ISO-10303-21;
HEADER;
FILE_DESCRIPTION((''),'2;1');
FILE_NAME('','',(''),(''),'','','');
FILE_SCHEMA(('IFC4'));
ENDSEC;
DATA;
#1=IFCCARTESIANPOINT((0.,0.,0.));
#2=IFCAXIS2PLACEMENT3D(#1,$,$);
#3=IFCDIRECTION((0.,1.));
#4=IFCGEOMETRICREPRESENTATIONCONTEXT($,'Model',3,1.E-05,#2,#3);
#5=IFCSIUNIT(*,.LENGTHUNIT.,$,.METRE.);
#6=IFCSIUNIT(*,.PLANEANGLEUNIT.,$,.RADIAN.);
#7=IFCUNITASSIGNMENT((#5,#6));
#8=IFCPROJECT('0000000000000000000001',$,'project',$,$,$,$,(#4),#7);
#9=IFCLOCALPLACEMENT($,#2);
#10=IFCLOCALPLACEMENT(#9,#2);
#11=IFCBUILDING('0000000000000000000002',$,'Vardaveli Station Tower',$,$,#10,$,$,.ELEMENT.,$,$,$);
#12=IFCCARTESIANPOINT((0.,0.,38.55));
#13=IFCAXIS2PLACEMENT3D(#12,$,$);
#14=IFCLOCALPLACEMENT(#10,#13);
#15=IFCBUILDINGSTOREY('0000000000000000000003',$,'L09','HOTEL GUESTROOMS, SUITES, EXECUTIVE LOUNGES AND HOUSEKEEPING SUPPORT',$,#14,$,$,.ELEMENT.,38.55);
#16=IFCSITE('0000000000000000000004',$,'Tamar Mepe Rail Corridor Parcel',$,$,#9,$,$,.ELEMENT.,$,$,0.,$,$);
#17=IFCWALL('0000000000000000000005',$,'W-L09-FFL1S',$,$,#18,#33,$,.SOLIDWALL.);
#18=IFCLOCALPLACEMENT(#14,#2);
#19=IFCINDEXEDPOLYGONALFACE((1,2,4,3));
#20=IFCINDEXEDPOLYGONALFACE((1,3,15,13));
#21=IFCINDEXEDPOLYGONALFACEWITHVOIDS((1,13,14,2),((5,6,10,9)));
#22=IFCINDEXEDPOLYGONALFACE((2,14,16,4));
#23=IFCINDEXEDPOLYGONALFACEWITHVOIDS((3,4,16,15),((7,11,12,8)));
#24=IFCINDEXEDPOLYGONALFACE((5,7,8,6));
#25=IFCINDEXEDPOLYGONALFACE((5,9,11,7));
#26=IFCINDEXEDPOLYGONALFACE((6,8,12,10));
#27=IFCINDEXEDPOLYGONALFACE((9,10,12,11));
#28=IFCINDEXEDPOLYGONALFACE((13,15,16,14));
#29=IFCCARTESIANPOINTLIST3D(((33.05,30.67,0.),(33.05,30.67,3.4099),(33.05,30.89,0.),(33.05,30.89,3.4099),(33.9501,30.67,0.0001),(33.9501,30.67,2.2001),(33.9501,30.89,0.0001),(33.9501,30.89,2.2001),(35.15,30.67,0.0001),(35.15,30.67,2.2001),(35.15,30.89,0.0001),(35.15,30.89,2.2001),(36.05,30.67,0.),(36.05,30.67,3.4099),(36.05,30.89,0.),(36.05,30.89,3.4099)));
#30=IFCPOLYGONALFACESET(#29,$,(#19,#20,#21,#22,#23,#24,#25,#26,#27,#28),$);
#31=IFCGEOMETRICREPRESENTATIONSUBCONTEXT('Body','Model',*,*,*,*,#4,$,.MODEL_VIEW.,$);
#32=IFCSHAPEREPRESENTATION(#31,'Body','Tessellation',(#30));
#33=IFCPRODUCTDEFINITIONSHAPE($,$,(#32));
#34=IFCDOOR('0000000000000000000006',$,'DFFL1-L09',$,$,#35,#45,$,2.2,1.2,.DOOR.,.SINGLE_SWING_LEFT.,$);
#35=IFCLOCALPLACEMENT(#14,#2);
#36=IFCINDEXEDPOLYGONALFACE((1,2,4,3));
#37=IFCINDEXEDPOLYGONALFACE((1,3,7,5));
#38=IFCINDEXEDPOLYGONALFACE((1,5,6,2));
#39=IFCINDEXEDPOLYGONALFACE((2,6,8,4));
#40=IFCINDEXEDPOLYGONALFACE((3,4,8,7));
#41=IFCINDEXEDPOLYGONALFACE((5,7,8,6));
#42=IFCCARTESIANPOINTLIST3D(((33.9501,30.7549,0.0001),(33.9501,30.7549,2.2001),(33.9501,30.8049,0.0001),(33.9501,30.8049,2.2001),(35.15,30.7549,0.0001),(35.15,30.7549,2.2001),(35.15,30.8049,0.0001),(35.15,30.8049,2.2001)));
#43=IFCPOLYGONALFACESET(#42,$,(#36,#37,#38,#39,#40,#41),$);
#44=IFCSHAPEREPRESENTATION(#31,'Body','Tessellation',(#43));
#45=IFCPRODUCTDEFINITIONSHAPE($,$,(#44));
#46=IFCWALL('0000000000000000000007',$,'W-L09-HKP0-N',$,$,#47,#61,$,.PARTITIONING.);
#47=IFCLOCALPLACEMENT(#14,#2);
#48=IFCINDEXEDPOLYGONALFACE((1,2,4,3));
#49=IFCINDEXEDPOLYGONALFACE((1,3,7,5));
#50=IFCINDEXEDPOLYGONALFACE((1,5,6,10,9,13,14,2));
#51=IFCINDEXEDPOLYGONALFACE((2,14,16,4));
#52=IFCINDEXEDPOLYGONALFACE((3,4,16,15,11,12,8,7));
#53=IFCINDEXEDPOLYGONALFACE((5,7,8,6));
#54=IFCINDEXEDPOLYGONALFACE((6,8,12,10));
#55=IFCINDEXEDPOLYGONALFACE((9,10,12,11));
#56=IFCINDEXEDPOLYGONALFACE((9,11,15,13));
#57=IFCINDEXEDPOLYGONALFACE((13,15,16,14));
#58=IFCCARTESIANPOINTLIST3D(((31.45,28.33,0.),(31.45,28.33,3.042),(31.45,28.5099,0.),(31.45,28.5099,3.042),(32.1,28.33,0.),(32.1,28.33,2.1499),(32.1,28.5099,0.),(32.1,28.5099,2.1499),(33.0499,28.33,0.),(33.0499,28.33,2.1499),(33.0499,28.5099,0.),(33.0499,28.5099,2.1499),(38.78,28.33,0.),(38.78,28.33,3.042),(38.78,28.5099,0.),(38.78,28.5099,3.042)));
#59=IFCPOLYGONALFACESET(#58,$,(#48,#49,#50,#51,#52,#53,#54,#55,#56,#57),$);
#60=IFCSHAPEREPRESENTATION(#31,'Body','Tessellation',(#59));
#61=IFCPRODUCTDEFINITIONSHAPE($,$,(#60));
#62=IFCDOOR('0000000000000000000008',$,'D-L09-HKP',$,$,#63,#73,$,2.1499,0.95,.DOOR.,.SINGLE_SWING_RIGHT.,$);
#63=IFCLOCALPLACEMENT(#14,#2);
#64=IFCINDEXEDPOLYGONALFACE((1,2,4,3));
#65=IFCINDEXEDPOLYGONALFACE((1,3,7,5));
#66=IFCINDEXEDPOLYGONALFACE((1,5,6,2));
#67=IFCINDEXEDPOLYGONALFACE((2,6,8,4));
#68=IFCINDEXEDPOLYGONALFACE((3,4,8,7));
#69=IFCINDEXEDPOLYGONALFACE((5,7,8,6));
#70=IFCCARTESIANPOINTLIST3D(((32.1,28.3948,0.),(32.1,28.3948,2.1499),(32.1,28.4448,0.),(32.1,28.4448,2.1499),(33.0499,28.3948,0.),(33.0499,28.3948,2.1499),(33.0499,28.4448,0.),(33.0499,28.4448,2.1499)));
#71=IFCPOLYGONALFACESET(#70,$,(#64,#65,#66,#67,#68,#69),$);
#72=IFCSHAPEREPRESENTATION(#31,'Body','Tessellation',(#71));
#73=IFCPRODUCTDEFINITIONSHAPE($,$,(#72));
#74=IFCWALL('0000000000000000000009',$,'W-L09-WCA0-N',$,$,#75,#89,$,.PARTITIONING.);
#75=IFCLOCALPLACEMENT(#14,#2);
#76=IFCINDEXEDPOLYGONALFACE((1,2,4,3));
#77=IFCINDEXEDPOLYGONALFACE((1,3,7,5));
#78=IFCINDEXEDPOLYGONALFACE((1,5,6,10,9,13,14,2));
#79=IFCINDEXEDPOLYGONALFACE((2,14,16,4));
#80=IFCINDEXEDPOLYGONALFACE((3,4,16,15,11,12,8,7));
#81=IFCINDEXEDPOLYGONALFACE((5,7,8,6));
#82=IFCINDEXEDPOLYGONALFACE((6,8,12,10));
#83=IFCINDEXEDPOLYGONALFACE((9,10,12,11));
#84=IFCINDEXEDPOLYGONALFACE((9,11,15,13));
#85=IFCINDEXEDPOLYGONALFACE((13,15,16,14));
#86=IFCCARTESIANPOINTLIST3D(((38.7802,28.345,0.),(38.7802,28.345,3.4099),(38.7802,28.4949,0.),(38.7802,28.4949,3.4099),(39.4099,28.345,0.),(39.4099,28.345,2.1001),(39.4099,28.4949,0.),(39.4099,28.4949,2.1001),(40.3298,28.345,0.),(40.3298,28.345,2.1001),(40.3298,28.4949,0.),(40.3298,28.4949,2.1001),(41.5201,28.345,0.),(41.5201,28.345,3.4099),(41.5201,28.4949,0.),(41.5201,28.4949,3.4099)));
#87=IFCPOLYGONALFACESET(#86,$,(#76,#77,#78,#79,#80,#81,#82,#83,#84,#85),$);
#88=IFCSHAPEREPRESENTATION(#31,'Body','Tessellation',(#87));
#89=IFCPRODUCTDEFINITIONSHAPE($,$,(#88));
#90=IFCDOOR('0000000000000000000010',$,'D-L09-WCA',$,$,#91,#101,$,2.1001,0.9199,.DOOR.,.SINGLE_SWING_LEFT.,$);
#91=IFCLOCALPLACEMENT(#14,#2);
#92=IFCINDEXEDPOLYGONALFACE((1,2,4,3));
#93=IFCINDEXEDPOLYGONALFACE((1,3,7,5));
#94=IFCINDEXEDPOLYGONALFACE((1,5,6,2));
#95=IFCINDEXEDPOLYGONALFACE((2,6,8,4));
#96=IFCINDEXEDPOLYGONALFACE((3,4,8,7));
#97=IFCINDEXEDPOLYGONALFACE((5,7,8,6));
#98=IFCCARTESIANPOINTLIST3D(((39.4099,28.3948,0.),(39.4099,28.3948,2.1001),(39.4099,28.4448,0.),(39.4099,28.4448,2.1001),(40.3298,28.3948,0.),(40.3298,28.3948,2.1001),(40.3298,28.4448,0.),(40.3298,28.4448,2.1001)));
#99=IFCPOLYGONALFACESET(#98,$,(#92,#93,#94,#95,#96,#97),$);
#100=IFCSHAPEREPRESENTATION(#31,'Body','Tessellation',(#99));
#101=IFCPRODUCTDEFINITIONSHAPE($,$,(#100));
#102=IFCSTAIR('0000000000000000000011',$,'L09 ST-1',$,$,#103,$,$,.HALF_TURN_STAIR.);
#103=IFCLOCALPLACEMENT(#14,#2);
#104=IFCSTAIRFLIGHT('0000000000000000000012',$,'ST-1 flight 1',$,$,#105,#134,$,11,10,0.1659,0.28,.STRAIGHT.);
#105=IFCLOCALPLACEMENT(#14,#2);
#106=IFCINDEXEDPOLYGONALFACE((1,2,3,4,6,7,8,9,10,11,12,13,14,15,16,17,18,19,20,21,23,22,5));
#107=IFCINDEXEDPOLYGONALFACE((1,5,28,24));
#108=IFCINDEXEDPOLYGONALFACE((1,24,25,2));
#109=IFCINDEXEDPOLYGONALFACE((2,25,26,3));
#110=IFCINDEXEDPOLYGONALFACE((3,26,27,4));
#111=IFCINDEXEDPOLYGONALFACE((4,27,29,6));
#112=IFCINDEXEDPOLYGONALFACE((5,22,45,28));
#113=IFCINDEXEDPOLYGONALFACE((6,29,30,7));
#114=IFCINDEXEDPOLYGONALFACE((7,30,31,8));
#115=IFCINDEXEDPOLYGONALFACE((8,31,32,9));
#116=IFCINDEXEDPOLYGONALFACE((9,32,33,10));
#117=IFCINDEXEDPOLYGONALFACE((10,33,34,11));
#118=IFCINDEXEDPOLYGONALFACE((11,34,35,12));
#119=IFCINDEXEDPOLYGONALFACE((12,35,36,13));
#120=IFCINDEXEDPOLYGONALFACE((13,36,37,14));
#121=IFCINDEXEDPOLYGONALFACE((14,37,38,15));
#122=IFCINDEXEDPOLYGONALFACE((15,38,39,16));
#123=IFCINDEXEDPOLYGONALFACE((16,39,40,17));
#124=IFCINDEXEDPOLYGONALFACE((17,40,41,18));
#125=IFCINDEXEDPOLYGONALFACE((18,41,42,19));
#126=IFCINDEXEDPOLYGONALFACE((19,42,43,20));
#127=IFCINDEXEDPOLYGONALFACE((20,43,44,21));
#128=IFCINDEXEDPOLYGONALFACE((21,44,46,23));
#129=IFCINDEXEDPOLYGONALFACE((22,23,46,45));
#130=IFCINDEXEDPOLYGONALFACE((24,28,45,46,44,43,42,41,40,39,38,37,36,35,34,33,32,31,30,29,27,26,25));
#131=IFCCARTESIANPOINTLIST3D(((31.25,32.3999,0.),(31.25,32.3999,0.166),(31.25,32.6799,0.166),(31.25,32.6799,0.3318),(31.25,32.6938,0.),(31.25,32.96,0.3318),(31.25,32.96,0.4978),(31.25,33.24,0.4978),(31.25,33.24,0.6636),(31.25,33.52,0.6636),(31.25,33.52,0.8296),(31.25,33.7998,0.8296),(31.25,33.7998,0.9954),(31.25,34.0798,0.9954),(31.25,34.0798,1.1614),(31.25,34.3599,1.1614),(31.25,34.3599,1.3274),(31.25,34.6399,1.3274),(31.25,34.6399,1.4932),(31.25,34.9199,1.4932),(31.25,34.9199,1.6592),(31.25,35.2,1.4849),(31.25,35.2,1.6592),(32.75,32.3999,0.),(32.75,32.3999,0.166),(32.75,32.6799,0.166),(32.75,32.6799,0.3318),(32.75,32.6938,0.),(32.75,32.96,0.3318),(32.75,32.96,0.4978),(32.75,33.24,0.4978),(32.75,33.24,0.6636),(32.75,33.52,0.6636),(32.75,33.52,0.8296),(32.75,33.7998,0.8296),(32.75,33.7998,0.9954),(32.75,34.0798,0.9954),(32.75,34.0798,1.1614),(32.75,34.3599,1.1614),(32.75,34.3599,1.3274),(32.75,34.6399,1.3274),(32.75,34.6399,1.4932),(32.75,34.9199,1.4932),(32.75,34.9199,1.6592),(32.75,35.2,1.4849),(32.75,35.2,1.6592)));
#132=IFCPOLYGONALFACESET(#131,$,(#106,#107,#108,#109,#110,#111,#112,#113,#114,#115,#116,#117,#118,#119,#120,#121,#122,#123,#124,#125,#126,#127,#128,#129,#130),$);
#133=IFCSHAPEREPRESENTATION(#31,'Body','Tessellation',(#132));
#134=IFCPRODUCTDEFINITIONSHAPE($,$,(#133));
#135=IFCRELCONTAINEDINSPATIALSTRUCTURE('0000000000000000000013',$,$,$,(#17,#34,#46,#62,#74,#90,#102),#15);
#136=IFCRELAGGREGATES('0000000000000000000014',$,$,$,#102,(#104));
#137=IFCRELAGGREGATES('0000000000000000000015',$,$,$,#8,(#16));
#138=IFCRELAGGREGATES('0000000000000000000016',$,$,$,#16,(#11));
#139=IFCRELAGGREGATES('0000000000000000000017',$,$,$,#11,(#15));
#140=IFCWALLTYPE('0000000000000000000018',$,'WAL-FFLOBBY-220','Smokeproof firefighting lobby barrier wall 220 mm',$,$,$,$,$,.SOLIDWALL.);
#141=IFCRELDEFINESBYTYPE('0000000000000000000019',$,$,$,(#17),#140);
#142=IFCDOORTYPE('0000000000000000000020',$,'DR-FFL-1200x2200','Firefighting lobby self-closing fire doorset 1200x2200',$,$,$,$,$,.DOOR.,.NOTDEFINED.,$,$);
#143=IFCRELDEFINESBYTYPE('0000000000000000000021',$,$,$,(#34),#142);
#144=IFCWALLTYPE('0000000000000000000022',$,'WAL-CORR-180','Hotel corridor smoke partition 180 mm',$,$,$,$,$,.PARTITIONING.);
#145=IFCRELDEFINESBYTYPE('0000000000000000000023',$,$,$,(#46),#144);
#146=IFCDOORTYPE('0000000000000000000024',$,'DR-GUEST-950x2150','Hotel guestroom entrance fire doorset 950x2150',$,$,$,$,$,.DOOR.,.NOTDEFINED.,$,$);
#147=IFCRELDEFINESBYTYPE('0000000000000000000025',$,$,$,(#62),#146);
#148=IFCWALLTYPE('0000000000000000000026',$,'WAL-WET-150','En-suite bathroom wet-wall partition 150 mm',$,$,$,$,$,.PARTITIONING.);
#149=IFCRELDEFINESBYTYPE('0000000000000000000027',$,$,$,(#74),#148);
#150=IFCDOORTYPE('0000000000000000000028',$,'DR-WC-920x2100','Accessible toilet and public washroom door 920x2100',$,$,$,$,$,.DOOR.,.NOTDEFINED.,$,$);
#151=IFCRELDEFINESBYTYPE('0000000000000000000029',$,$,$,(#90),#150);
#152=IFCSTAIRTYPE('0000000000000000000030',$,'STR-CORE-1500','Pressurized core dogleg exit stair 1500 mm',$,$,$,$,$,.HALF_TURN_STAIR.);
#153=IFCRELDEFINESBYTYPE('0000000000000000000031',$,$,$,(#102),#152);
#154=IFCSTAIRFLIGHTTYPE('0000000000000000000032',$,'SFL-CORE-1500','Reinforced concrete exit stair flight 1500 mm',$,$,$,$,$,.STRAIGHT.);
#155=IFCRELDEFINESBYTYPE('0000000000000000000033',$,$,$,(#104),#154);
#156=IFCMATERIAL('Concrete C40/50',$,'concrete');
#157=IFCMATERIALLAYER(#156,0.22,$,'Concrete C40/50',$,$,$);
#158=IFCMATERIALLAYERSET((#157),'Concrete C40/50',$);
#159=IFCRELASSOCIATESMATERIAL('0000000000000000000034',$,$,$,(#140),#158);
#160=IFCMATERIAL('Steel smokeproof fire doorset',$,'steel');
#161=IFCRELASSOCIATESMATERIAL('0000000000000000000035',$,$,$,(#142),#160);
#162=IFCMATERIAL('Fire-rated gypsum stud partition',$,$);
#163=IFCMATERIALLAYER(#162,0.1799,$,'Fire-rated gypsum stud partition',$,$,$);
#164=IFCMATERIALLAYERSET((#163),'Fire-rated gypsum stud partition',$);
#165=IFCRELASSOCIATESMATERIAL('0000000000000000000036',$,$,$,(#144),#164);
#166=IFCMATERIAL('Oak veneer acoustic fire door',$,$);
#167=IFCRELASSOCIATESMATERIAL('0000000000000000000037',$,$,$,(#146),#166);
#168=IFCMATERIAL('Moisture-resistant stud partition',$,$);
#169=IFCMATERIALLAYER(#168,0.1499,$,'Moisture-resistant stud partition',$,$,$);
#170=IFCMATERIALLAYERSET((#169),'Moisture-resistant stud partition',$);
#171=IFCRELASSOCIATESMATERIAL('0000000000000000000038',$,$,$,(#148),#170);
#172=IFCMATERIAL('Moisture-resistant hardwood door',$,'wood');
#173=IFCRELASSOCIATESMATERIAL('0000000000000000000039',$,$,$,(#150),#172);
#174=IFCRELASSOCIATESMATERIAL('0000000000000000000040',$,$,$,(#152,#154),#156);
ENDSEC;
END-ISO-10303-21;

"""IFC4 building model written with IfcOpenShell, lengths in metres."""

from ifc_helpers import new_model, si_unit, direction, frame, frame_2d, origin, place, context, subcontext, project, spatial, polyline, rectangle, outline, extrude, source, transform, mapped, material, layer, layer_set, type_object, element, fill, aggregate, save


model = new_model("IFC4")

# Units and contexts
model_context = context("Model", 3, precision=1e-05, world=origin(), true_north=direction((0.0, 1.0)))
body_context = subcontext(model_context, "Body", "Model", "MODEL_VIEW")
ifc_project = project(units=[si_unit("LENGTHUNIT", "METRE"), si_unit("PLANEANGLEUNIT", "RADIAN")], contexts=[model_context])

# Site, building, storey
site_placement = place(None, origin())
site = spatial("IfcSite", under=ifc_project, at=site_placement, Name="Tamar Mepe Rail Corridor Parcel", CompositionType="ELEMENT", RefElevation=0.0)
building_placement = place(site_placement, origin())
building = spatial("IfcBuilding", under=site, at=building_placement, Name="Vardaveli Station Tower", CompositionType="ELEMENT")
storey_placement = place(building_placement, frame((0.0, 0.0, 38.55)))
storey = spatial("IfcBuildingStorey", under=building, at=storey_placement, Name="L09", Description="HOTEL GUESTROOMS, SUITES, EXECUTIVE LOUNGES AND HOUSEKEEPING SUPPORT", CompositionType="ELEMENT", Elevation=38.55)

# Shared definitions
ifc_material_1 = material(Name="Concrete C40/50", Category="concrete")

# Walls, openings, doors
ifc_material_2 = material(Name="Steel smokeproof fire doorset", Category="steel")
ifc_layer_1 = layer(ifc_material_1, 0.22, Name="Concrete C40/50")
ifc_layer_set_1 = layer_set([ifc_layer_1], Name="Concrete C40/50")
wall_type_1 = type_object("IfcWallType", Name="WAL-FFLOBBY-220", Description="Smokeproof firefighting lobby barrier wall 220 mm", PredefinedType="SOLIDWALL", material=ifc_layer_set_1)
shared_shape_1 = source(origin(), body_context, "Body", "SweptSolid", [
    extrude(rectangle(XDim=3.0, YDim=0.22, at=frame_2d((1.5, 0.0))), origin(), (0.0, 0.0, 1.0), 3.4099),
])
wall_1_placement = place(storey_placement, frame((33.05, 30.78, 0.0), z_axis=(0.0, 0.0, 1.0), x_axis=(1.0, 0.0, 0.0)))
wall_1 = element("IfcWall", 1, at=wall_1_placement, inside=storey, type_object=wall_type_1, Name="W-L09-FFL1S", PredefinedType="SOLIDWALL", context=body_context, shape_type="MappedRepresentation", body=[
    mapped(shared_shape_1, transform((0.0, 0.0, 0.0), scale=1.0)),
])
shared_shape_2 = source(origin(), body_context, "Body", "SweptSolid", [
    extrude(rectangle(XDim=1.2, YDim=2.2, at=frame_2d((0.6001, 1.1001))), frame((0.0, 0.1201, 0.0), z_axis=(0.0, -1.0, 0.0), x_axis=(1.0, 0.0, 0.0)), (0.0, 0.0, 1.0), 0.24),
])
opening_1_placement = place(wall_1_placement, frame((0.8999, 0.0, 0.0)))
opening_1 = element("IfcOpeningElement", 2, at=opening_1_placement, cuts=wall_1, PredefinedType="OPENING", context=body_context, shape_type="MappedRepresentation", body=[
    mapped(shared_shape_2, transform((0.0, 0.0, 0.0), scale=1.0)),
])
door_type_1 = type_object("IfcDoorType", Name="DR-FFL-1200x2200", Description="Firefighting lobby self-closing fire doorset 1200x2200", OperationType="NOTDEFINED", PredefinedType="DOOR", material=ifc_material_2)
shared_shape_3 = source(origin(), body_context, "Body", "SweptSolid", [
    extrude(rectangle(XDim=1.2, YDim=2.2, at=frame_2d((0.6001, 1.1001))), frame((0.0, 0.0249, 0.0), z_axis=(0.0, -1.0, 0.0), x_axis=(1.0, 0.0, 0.0)), (0.0, 0.0, 1.0), 0.05),
])
door_1_placement = place(opening_1_placement, origin())
door_1 = element("IfcDoor", 3, at=door_1_placement, inside=storey, type_object=door_type_1, Name="DFFL1-L09", OperationType="SINGLE_SWING_LEFT", OverallHeight=2.2, OverallWidth=1.2, PredefinedType="DOOR", context=body_context, shape_type="MappedRepresentation", body=[
    mapped(shared_shape_3, transform((0.0, 0.0, 0.0), scale=1.0)),
])
fill(opening_1, door_1)
ifc_material_3 = material(Name="Fire-rated gypsum stud partition")
ifc_layer_2 = layer(ifc_material_3, 0.1799, Name="Fire-rated gypsum stud partition")
ifc_layer_set_2 = layer_set([ifc_layer_2], Name="Fire-rated gypsum stud partition")
wall_type_2 = type_object("IfcWallType", Name="WAL-CORR-180", Description="Hotel corridor smoke partition 180 mm", PredefinedType="PARTITIONING", material=ifc_layer_set_2)
shared_shape_4 = source(origin(), body_context, "Body", "SweptSolid", [
    extrude(rectangle(XDim=7.3301, YDim=0.1799, at=frame_2d((3.665, 0.0))), origin(), (0.0, 0.0, 1.0), 3.042),
])
wall_2_placement = place(storey_placement, frame((31.45, 28.4199, 0.0), z_axis=(0.0, 0.0, 1.0), x_axis=(1.0, 0.0, 0.0)))
wall_2 = element("IfcWall", 4, at=wall_2_placement, inside=storey, type_object=wall_type_2, Name="W-L09-HKP0-N", PredefinedType="PARTITIONING", context=body_context, shape_type="MappedRepresentation", body=[
    mapped(shared_shape_4, transform((0.0, 0.0, 0.0), scale=1.0)),
])
shared_shape_5 = source(origin(), body_context, "Body", "SweptSolid", [
    extrude(rectangle(XDim=0.95, YDim=2.1499, at=frame_2d((0.4751, 1.075))), frame((0.0, 0.1001, 0.0), z_axis=(0.0, -1.0, 0.0), x_axis=(1.0, 0.0, 0.0)), (0.0, 0.0, 1.0), 0.2),
])
opening_2_placement = place(wall_2_placement, frame((0.6499, 0.0, 0.0)))
opening_2 = element("IfcOpeningElement", 5, at=opening_2_placement, cuts=wall_2, PredefinedType="OPENING", context=body_context, shape_type="MappedRepresentation", body=[
    mapped(shared_shape_5, transform((0.0, 0.0, 0.0), scale=1.0)),
])
ifc_material_4 = material(Name="Oak veneer acoustic fire door")
door_type_2 = type_object("IfcDoorType", Name="DR-GUEST-950x2150", Description="Hotel guestroom entrance fire doorset 950x2150", OperationType="NOTDEFINED", PredefinedType="DOOR", material=ifc_material_4)
shared_shape_6 = source(origin(), body_context, "Body", "SweptSolid", [
    extrude(rectangle(XDim=0.95, YDim=2.1499, at=frame_2d((0.4751, 1.075))), frame((0.0, 0.0249, 0.0), z_axis=(0.0, -1.0, 0.0), x_axis=(1.0, 0.0, 0.0)), (0.0, 0.0, 1.0), 0.05),
])
door_2_placement = place(opening_2_placement, origin())
door_2 = element("IfcDoor", 6, at=door_2_placement, inside=storey, type_object=door_type_2, Name="D-L09-HKP", OperationType="SINGLE_SWING_RIGHT", OverallHeight=2.1499, OverallWidth=0.95, PredefinedType="DOOR", context=body_context, shape_type="MappedRepresentation", body=[
    mapped(shared_shape_6, transform((0.0, 0.0, 0.0), scale=1.0)),
])
fill(opening_2, door_2)
ifc_material_5 = material(Name="Moisture-resistant stud partition")
ifc_layer_3 = layer(ifc_material_5, 0.1499, Name="Moisture-resistant stud partition")
ifc_layer_set_3 = layer_set([ifc_layer_3], Name="Moisture-resistant stud partition")
wall_type_3 = type_object("IfcWallType", Name="WAL-WET-150", Description="En-suite bathroom wet-wall partition 150 mm", PredefinedType="PARTITIONING", material=ifc_layer_set_3)
shared_shape_7 = source(origin(), body_context, "Body", "SweptSolid", [
    extrude(rectangle(XDim=2.74, YDim=0.1499, at=frame_2d((1.3701, 0.0))), origin(), (0.0, 0.0, 1.0), 3.4099),
])
wall_3_placement = place(storey_placement, frame((38.78, 28.4199, 0.0), z_axis=(0.0, 0.0, 1.0), x_axis=(1.0, 0.0, 0.0)))
wall_3 = element("IfcWall", 7, at=wall_3_placement, inside=storey, type_object=wall_type_3, Name="W-L09-WCA0-N", PredefinedType="PARTITIONING", context=body_context, shape_type="MappedRepresentation", body=[
    mapped(shared_shape_7, transform((0.0, 0.0, 0.0), scale=1.0)),
])
shared_shape_8 = source(origin(), body_context, "Body", "SweptSolid", [
    extrude(rectangle(XDim=0.9199, YDim=2.1001, at=frame_2d((0.46, 1.05))), frame((0.0, 0.085, 0.0), z_axis=(0.0, -1.0, 0.0), x_axis=(1.0, 0.0, 0.0)), (0.0, 0.0, 1.0), 0.1699),
])
opening_3_placement = place(wall_3_placement, frame((0.6299, 0.0, 0.0)))
opening_3 = element("IfcOpeningElement", 8, at=opening_3_placement, cuts=wall_3, PredefinedType="OPENING", context=body_context, shape_type="MappedRepresentation", body=[
    mapped(shared_shape_8, transform((0.0, 0.0, 0.0), scale=1.0)),
])
ifc_material_6 = material(Name="Moisture-resistant hardwood door", Category="wood")
door_type_3 = type_object("IfcDoorType", Name="DR-WC-920x2100", Description="Accessible toilet and public washroom door 920x2100", OperationType="NOTDEFINED", PredefinedType="DOOR", material=ifc_material_6)
shared_shape_9 = source(origin(), body_context, "Body", "SweptSolid", [
    extrude(rectangle(XDim=0.9199, YDim=2.1001, at=frame_2d((0.46, 1.05))), frame((0.0, 0.0249, 0.0), z_axis=(0.0, -1.0, 0.0), x_axis=(1.0, 0.0, 0.0)), (0.0, 0.0, 1.0), 0.05),
])
door_3_placement = place(opening_3_placement, origin())
door_3 = element("IfcDoor", 9, at=door_3_placement, inside=storey, type_object=door_type_3, Name="D-L09-WCA", OperationType="SINGLE_SWING_LEFT", OverallHeight=2.1001, OverallWidth=0.9199, PredefinedType="DOOR", context=body_context, shape_type="MappedRepresentation", body=[
    mapped(shared_shape_9, transform((0.0, 0.0, 0.0), scale=1.0)),
])
fill(opening_3, door_3)

# Stair, stair flight
stair_type = type_object("IfcStairType", Name="STR-CORE-1500", Description="Pressurized core dogleg exit stair 1500 mm", PredefinedType="HALF_TURN_STAIR", material=ifc_material_1)
stair_1_placement = place(storey_placement, origin())
stair_1 = element("IfcStair", 10, at=stair_1_placement, inside=storey, type_object=stair_type, Name="L09 ST-1", PredefinedType="HALF_TURN_STAIR")
stair_flight_type = type_object("IfcStairFlightType", Name="SFL-CORE-1500", Description="Reinforced concrete exit stair flight 1500 mm", PredefinedType="STRAIGHT", material=ifc_material_1)
shared_shape_10 = source(origin(), body_context, "Body", "SweptSolid", [
    extrude(outline(polyline([(0.0, 0.0), (0.0, 0.166), (0.28, 0.166), (0.28, 0.3318), (0.5601, 0.3318), (0.5601, 0.4978), (0.8401, 0.4978), (0.8401, 0.6636), (1.1201, 0.6636), (1.1201, 0.8296), (1.3999, 0.8296), (1.3999, 0.9954), (1.6799, 0.9954), (1.6799, 1.1614), (1.96, 1.1614), (1.96, 1.3274), (2.24, 1.3274), (2.24, 1.4932), (2.52, 1.4932), (2.52, 1.6592), (2.8, 1.6592), (2.8, 1.825), (2.8, 1.4849), (0.2939, 0.0), (0.0, 0.0)])), frame((0.0, 0.75, 0.0), z_axis=(0.0, -1.0, 0.0), x_axis=(1.0, 0.0, 0.0)), (0.0, 0.0, 1.0), 1.5),
])
stair_flight_1_placement = place(storey_placement, frame((32.0, 32.3999, 0.0), z_axis=(0.0, 0.0, 1.0), x_axis=(0.0, 1.0, 0.0)))
stair_flight_1 = element("IfcStairFlight", 11, at=stair_flight_1_placement, type_object=stair_flight_type, Name="ST-1 flight 1", NumberOfRisers=11, NumberOfTreads=10, PredefinedType="STRAIGHT", RiserHeight=0.1659, TreadLength=0.28, context=body_context, shape_type="MappedRepresentation", body=[
    mapped(shared_shape_10, transform((0.0, 0.0, 0.0), scale=1.0)),
])
aggregate(stair_1, [stair_flight_1])

save(model, "model.ifc")
